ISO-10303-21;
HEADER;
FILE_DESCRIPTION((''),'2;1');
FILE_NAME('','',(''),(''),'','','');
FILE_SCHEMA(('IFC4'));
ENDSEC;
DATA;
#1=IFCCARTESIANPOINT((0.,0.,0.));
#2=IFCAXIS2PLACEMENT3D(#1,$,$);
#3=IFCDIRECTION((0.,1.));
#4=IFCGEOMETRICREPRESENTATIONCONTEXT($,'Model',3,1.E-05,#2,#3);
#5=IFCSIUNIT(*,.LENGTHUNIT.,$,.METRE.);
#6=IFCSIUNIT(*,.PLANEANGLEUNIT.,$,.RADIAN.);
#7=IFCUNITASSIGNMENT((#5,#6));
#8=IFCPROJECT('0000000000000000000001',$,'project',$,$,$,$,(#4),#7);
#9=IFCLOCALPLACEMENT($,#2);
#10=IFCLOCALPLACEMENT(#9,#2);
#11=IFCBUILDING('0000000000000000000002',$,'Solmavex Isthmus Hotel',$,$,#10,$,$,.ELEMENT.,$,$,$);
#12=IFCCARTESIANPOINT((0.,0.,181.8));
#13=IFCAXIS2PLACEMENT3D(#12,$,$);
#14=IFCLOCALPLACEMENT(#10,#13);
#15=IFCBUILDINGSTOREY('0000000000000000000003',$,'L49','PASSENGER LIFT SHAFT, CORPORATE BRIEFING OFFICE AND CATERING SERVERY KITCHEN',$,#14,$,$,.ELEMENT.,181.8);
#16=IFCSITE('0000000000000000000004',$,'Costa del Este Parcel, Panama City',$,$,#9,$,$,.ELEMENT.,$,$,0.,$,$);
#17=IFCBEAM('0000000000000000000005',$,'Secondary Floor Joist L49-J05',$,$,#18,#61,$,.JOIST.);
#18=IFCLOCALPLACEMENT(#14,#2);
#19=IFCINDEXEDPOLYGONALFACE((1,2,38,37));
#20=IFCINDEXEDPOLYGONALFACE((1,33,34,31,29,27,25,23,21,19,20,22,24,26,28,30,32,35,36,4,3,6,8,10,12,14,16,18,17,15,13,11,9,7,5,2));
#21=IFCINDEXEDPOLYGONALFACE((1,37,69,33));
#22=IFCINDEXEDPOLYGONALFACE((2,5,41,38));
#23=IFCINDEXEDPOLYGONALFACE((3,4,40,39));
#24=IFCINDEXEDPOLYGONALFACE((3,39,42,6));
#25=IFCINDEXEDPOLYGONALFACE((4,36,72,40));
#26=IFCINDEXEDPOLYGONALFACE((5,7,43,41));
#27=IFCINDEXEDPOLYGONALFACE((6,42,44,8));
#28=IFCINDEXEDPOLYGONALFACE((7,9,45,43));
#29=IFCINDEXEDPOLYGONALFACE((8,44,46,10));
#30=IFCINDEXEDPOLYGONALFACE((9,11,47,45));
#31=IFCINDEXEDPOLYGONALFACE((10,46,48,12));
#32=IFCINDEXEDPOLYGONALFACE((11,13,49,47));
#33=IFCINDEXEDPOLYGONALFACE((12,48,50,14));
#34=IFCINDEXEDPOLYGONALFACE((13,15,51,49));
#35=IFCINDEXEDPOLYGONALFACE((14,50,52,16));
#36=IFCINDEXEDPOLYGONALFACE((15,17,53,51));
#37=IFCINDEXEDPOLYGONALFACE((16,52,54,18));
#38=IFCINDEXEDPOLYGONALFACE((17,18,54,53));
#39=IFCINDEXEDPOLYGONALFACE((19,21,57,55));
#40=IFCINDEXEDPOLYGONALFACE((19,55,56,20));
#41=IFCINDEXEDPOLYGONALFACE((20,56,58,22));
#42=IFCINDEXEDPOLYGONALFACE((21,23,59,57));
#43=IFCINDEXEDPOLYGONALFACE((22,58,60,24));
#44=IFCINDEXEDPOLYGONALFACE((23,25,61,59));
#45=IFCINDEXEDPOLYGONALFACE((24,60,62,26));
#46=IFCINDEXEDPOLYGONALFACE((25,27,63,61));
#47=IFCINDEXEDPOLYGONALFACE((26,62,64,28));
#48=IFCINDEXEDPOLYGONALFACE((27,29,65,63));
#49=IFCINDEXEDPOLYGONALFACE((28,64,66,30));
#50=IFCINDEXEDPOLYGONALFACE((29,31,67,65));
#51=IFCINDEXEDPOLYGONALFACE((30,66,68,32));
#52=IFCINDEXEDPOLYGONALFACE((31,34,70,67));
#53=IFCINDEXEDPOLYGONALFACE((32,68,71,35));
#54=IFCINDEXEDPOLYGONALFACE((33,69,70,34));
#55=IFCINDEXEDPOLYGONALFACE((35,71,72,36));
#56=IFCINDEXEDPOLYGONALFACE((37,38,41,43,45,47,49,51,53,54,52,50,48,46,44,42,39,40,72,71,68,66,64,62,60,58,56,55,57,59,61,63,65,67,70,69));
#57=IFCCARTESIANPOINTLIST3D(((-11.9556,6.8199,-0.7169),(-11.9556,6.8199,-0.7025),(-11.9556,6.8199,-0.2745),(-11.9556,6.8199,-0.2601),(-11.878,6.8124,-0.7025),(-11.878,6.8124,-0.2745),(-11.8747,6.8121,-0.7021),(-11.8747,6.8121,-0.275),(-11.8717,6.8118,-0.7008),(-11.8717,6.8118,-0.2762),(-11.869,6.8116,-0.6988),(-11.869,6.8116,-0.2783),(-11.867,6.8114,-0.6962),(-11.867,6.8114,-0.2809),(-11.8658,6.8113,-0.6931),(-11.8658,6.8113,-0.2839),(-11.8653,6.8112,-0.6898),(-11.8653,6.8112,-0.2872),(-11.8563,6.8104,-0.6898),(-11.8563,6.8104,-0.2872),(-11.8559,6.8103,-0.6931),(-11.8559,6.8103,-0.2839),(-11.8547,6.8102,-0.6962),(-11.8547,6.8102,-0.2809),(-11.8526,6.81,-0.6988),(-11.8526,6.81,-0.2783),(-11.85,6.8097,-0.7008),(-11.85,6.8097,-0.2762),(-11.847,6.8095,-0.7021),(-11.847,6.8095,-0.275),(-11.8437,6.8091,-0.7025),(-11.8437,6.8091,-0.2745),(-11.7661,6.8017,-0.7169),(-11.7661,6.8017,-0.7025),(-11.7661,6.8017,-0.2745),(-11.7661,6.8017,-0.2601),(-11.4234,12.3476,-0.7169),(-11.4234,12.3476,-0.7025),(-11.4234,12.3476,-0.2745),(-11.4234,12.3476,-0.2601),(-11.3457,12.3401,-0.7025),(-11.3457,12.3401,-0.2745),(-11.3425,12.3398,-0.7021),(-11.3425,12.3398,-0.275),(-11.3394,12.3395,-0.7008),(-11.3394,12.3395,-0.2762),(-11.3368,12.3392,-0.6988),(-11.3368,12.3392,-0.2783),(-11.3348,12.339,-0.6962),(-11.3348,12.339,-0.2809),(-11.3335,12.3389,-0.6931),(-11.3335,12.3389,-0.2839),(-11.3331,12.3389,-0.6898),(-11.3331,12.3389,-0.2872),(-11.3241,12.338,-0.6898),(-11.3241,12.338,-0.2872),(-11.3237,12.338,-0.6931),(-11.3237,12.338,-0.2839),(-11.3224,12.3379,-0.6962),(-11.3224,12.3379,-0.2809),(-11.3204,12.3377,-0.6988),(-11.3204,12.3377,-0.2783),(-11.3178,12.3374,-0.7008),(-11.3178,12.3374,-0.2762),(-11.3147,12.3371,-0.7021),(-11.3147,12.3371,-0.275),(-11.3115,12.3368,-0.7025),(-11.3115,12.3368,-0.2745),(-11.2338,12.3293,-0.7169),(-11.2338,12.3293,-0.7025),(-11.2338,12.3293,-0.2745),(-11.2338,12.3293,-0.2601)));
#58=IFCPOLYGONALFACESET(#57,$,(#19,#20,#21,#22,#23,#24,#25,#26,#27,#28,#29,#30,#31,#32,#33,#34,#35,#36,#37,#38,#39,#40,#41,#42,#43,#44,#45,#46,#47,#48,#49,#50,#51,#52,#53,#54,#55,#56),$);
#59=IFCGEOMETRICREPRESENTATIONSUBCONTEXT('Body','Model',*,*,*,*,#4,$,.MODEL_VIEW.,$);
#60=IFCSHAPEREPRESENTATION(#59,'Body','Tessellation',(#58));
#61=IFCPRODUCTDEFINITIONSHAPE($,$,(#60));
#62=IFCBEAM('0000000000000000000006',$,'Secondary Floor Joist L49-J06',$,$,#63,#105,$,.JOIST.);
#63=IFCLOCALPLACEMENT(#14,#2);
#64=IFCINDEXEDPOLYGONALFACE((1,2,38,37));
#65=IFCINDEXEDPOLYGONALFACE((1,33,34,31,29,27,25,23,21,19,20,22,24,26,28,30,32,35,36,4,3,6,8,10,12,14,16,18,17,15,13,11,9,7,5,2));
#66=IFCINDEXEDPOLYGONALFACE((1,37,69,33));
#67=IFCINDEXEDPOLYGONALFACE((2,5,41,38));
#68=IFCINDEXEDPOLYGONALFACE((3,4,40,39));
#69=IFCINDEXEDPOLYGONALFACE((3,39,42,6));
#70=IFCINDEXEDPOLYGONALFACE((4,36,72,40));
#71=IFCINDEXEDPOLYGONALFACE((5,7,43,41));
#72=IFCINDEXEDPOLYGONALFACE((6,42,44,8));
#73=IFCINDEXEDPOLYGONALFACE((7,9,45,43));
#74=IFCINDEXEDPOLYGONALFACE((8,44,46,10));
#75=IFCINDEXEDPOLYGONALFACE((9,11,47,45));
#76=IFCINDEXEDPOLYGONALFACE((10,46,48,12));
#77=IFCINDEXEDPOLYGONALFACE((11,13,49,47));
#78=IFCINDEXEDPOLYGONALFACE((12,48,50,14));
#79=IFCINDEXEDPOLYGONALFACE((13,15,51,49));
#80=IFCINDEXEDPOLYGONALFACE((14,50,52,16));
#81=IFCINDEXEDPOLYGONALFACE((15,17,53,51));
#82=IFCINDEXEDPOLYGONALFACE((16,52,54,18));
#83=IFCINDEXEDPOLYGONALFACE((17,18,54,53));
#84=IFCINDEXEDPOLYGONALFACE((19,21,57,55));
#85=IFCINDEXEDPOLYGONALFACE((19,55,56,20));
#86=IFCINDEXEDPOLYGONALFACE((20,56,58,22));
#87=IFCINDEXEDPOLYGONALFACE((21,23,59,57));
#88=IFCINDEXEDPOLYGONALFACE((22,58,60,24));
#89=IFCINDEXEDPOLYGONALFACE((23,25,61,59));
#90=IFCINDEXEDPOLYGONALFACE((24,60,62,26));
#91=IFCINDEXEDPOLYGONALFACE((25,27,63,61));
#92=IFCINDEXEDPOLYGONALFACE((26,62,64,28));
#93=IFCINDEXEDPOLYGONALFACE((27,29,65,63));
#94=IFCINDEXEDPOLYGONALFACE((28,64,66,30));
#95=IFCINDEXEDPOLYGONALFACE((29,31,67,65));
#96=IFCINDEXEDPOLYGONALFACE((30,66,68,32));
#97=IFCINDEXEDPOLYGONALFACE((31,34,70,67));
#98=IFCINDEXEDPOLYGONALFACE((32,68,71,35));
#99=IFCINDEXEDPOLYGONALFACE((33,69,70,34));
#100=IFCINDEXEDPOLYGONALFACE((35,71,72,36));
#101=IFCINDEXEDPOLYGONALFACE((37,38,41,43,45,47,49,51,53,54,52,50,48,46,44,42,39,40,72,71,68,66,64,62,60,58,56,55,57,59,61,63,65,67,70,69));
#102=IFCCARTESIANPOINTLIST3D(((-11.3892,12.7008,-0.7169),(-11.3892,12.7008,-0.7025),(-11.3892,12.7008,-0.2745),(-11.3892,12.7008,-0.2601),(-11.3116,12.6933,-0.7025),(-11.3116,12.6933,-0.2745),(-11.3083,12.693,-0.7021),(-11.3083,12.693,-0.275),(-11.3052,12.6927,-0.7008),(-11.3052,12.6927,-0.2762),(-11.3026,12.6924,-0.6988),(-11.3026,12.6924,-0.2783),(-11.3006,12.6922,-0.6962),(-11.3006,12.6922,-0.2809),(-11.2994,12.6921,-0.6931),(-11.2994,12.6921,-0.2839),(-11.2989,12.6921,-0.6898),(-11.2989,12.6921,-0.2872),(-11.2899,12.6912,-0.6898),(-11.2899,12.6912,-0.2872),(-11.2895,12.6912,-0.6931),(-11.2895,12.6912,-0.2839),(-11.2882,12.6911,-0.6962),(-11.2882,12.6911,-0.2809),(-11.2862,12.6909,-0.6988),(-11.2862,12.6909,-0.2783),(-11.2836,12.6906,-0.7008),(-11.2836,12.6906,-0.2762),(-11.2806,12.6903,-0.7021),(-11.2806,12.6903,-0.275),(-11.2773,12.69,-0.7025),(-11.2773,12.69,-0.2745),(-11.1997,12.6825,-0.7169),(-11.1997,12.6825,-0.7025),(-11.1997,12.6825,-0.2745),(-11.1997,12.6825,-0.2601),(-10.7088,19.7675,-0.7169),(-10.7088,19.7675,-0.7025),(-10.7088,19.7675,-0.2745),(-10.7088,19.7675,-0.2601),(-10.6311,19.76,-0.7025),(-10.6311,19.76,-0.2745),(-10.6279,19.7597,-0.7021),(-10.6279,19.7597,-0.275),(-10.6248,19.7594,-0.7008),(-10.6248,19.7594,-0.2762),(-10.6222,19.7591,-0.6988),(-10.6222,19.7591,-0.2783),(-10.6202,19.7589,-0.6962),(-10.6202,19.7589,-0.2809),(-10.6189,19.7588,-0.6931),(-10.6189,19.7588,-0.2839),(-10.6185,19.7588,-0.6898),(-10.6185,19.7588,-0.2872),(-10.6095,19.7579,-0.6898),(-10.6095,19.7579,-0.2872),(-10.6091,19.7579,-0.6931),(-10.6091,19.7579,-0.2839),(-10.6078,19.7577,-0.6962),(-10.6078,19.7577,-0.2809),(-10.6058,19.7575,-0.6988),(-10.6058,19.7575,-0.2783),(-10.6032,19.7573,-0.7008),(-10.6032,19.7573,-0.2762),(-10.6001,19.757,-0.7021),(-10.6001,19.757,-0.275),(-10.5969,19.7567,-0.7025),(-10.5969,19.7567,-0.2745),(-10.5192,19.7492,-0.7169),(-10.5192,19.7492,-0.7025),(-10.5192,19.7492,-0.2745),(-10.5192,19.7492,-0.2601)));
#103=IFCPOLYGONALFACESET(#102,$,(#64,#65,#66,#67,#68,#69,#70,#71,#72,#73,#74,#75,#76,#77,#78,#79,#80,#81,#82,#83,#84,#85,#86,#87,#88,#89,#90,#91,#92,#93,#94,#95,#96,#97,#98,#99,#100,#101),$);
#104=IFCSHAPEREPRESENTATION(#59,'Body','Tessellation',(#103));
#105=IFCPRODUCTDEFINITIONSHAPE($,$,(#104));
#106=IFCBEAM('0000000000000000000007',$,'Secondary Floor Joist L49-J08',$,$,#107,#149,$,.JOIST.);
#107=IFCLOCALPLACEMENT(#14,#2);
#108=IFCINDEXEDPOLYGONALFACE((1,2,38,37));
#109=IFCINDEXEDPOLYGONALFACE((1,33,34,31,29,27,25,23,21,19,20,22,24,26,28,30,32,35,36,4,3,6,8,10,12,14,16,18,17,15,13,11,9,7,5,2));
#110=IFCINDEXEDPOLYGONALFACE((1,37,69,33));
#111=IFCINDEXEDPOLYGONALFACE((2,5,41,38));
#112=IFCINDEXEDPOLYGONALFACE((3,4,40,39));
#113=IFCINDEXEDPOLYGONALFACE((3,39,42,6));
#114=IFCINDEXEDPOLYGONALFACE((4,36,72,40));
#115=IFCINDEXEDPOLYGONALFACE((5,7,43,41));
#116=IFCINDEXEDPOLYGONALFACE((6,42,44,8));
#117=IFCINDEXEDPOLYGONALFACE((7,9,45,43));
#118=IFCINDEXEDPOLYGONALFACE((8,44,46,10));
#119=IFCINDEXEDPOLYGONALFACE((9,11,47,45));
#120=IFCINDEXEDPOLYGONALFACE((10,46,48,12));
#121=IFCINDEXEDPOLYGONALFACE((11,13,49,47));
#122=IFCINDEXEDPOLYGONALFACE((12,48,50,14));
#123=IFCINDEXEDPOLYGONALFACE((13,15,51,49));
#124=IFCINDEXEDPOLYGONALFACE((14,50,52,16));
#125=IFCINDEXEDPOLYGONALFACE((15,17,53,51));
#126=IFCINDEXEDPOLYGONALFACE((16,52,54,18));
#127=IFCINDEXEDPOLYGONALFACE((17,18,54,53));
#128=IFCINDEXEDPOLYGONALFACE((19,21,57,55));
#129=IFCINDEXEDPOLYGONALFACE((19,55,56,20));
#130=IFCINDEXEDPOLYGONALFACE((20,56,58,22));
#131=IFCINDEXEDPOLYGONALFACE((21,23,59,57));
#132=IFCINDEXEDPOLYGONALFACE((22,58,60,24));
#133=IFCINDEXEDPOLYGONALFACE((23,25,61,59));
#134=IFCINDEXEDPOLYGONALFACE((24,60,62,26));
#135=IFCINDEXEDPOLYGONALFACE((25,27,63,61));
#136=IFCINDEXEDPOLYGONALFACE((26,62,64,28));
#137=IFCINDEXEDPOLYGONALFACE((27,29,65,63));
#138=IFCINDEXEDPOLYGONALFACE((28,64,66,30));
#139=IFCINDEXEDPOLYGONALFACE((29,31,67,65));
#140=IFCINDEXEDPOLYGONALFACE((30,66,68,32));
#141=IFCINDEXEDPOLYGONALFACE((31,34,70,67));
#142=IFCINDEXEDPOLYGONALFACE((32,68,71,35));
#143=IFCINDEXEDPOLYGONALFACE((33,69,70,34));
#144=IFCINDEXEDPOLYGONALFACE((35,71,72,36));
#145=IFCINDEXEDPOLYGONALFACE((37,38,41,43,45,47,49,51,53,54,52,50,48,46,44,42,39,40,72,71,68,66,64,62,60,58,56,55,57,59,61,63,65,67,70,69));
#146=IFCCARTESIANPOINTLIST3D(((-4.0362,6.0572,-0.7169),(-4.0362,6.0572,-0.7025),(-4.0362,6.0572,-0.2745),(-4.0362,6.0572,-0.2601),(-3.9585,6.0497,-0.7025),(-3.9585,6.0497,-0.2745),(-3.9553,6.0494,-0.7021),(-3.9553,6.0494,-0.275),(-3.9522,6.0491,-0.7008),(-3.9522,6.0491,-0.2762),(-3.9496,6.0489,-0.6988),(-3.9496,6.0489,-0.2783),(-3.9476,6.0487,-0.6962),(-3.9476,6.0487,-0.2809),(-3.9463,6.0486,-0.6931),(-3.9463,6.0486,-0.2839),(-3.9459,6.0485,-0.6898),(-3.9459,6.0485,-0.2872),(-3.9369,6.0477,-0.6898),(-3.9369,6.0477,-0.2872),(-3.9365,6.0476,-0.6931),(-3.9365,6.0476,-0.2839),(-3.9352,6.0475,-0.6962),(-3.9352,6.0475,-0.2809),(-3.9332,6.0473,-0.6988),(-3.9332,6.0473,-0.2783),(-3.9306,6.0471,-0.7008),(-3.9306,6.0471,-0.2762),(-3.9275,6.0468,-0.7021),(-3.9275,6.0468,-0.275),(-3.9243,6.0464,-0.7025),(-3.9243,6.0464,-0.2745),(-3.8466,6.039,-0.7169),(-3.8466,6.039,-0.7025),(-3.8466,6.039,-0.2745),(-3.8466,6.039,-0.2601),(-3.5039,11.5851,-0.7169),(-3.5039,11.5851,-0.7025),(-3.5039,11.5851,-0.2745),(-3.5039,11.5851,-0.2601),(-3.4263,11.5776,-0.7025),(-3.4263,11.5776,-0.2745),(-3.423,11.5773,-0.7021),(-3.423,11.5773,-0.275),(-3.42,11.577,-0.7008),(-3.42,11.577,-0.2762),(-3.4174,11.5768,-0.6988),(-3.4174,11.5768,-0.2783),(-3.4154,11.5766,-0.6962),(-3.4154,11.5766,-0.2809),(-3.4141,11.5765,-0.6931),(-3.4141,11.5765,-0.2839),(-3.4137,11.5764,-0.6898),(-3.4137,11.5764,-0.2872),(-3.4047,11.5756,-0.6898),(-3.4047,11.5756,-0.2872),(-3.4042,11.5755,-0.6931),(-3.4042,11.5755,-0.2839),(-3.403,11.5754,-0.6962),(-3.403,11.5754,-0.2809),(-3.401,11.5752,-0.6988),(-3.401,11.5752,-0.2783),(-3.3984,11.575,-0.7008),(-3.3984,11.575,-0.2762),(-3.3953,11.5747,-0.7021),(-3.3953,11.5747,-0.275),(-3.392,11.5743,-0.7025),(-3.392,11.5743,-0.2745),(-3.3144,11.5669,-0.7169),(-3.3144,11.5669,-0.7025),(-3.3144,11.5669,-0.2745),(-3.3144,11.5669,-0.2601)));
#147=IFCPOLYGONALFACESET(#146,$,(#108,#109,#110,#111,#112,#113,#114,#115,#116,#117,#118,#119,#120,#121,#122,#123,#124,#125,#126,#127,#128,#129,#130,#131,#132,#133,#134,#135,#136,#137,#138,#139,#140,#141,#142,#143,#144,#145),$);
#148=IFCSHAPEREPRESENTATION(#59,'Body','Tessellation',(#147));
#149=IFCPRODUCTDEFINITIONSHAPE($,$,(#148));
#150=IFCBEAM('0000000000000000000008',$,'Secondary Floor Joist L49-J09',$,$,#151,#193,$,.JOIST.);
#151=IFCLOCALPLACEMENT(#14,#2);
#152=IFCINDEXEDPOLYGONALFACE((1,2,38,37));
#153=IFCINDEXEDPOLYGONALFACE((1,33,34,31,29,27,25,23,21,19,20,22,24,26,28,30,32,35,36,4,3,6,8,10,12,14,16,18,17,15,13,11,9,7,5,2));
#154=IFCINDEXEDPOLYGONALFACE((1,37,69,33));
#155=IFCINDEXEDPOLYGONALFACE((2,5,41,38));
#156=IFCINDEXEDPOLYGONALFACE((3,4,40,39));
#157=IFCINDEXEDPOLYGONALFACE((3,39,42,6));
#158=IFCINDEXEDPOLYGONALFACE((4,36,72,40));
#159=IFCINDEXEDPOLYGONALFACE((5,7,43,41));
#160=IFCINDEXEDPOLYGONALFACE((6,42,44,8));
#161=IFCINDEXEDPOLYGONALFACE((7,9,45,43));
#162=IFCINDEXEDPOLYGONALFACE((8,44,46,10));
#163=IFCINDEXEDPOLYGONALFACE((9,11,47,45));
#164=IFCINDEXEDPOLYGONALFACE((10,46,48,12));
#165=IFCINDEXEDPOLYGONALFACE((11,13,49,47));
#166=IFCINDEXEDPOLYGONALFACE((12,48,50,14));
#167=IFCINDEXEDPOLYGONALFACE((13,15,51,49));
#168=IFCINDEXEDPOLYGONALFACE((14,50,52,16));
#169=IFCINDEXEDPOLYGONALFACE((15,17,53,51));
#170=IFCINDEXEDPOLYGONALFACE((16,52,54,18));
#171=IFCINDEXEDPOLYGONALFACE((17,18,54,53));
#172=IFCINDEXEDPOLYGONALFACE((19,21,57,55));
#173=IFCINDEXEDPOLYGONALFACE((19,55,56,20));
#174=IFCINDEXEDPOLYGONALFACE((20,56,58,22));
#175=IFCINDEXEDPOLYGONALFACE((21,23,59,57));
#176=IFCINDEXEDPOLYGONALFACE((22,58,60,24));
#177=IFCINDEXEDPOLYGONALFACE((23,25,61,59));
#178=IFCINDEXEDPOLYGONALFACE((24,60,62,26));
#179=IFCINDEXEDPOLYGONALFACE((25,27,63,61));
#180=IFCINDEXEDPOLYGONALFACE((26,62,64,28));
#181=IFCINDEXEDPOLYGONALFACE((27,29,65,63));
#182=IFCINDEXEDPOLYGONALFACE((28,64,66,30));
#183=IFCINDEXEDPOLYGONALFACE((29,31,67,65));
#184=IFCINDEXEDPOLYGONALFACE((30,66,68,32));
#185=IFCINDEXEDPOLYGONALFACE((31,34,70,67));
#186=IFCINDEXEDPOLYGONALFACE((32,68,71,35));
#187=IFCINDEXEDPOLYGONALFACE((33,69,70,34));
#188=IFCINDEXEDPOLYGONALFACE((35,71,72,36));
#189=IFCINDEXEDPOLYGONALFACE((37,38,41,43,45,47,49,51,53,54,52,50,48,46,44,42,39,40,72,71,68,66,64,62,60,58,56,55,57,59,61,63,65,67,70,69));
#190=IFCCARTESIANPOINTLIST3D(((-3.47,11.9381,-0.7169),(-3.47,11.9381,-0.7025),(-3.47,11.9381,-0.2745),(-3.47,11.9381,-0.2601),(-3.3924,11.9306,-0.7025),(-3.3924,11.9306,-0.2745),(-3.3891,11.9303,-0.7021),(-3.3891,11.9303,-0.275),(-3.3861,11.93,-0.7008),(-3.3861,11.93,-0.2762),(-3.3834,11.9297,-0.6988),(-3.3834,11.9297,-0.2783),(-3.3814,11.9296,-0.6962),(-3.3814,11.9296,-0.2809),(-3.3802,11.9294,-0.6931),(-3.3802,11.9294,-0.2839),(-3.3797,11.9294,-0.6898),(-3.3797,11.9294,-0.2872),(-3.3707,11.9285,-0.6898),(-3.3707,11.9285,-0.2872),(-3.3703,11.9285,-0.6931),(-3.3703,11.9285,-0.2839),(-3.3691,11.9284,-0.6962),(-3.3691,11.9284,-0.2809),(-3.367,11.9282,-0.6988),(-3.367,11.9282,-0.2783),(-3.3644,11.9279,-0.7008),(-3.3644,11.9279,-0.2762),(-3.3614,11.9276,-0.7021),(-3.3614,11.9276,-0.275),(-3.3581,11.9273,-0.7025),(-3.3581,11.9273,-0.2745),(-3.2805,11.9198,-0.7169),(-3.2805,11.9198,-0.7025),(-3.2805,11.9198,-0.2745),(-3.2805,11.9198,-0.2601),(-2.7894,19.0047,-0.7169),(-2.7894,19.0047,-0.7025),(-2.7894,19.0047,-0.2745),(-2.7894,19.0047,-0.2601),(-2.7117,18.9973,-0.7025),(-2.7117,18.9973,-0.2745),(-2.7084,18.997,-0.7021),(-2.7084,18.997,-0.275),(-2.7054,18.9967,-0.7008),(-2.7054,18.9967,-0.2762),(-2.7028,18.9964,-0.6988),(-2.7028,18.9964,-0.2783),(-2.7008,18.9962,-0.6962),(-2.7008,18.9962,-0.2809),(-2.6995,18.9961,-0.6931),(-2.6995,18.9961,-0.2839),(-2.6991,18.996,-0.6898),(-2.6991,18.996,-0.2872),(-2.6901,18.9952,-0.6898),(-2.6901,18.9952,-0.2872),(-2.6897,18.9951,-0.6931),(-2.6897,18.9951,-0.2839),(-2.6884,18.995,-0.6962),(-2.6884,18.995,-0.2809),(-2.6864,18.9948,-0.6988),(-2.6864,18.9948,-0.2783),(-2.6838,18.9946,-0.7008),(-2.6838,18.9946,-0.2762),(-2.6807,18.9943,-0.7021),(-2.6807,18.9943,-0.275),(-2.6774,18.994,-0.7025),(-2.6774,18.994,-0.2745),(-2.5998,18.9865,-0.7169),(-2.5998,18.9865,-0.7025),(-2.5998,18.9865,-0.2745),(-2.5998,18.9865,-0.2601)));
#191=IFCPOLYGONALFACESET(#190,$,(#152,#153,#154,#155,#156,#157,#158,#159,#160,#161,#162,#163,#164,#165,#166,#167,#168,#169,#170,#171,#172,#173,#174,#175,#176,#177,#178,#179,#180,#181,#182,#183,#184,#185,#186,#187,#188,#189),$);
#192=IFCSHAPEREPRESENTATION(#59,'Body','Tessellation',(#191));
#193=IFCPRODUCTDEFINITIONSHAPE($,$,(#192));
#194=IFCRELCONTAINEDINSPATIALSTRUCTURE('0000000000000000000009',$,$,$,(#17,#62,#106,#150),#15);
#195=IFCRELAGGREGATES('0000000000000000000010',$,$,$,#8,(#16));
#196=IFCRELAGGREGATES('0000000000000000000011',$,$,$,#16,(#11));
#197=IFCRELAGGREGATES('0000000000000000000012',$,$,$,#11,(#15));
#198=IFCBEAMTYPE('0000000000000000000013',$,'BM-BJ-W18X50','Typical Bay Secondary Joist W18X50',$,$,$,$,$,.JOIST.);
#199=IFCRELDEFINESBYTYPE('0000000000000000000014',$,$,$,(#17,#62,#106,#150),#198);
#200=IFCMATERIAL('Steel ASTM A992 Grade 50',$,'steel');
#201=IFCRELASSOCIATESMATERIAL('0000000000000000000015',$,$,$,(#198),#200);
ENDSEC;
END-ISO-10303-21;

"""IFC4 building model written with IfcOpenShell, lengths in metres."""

from ifc_helpers import new_model, si_unit, direction, frame, origin, origin_2d, place, context, subcontext, project, spatial, i_section, extrude, material, material_profile, profile_set, type_object, element, save


model = new_model("IFC4")

# Units and contexts
model_context = context("Model", 3, precision=1e-05, world=origin(), true_north=direction((0.0, 1.0)))
body_context = subcontext(model_context, "Body", "Model", "MODEL_VIEW")
ifc_project = project(units=[si_unit("LENGTHUNIT", "METRE"), si_unit("PLANEANGLEUNIT", "RADIAN")], contexts=[model_context])

# Site, building, storey
site_placement = place(None, origin())
site = spatial("IfcSite", under=ifc_project, at=site_placement, Name="Costa del Este Parcel, Panama City", CompositionType="ELEMENT", RefElevation=0.0)
building_placement = place(site_placement, origin())
building = spatial("IfcBuilding", under=site, at=building_placement, Name="Solmavex Isthmus Hotel", CompositionType="ELEMENT")
storey_placement = place(building_placement, frame((0.0, 0.0, 181.8)))
storey = spatial("IfcBuildingStorey", under=building, at=storey_placement, Name="L49", Description="PASSENGER LIFT SHAFT, CORPORATE BRIEFING OFFICE AND CATERING SERVERY KITCHEN", CompositionType="ELEMENT", Elevation=181.8)

# Beams
ifc_material_1 = material(Name="Steel ASTM A992 Grade 50", Category="steel")
ifc_material_profile_1 = material_profile(ifc_material_1, i_section(OverallWidth=0.1904, OverallDepth=0.4568, WebThickness=0.009, FlangeThickness=0.0144, FilletRadius=0.0127, at=origin_2d()), Name="W18X50")
ifc_profile_set_1 = profile_set([ifc_material_profile_1], Name="Steel ASTM A992 Grade 50")
beam_type_1 = type_object("IfcBeamType", Name="BM-BJ-W18X50", Description="Typical Bay Secondary Joist W18X50", PredefinedType="JOIST", material=ifc_profile_set_1)
beam_1_placement = place(storey_placement, frame((-11.8608, 6.8108, -0.4885), z_axis=(0.095842, 0.995397, 0.0), x_axis=(-0.995397, 0.095842, 0.0)))
element("IfcBeam", 1, at=beam_1_placement, inside=storey, type_object=beam_type_1, Name="Secondary Floor Joist L49-J05", PredefinedType="JOIST", context=body_context, shape_type="SweptSolid", body=[
    extrude(i_section(OverallWidth=0.1904, OverallDepth=0.4568, WebThickness=0.009, FlangeThickness=0.0144, FilletRadius=0.0127, at=origin_2d()), origin(), (0.0, 0.0, 1.0), 5.5532),
])
beam_2_placement = place(storey_placement, frame((-11.2944, 12.6917, -0.4885), z_axis=(0.095843, 0.995396, 0.0), x_axis=(-0.995396, 0.095843, 0.0)))
element("IfcBeam", 2, at=beam_2_placement, inside=storey, type_object=beam_type_1, Name="Secondary Floor Joist L49-J06", PredefinedType="JOIST", context=body_context, shape_type="SweptSolid", body=[
    extrude(i_section(OverallWidth=0.1904, OverallDepth=0.4568, WebThickness=0.009, FlangeThickness=0.0144, FilletRadius=0.0127, at=origin_2d()), origin(), (0.0, 0.0, 1.0), 7.0994),
])
beam_3_placement = place(storey_placement, frame((-3.9414, 6.0481, -0.4885), z_axis=(0.095838, 0.995397, 0.0), x_axis=(-0.995397, 0.095838, 0.0)))
element("IfcBeam", 3, at=beam_3_placement, inside=storey, type_object=beam_type_1, Name="Secondary Floor Joist L49-J08", PredefinedType="JOIST", context=body_context, shape_type="SweptSolid", body=[
    extrude(i_section(OverallWidth=0.1904, OverallDepth=0.4568, WebThickness=0.009, FlangeThickness=0.0144, FilletRadius=0.0127, at=origin_2d()), origin(), (0.0, 0.0, 1.0), 5.5535),
])
beam_4_placement = place(storey_placement, frame((-3.3752, 11.929, -0.4885), z_axis=(0.095877, 0.995393, 0.0), x_axis=(-0.995393, 0.095877, 0.0)))
element("IfcBeam", 4, at=beam_4_placement, inside=storey, type_object=beam_type_1, Name="Secondary Floor Joist L49-J09", PredefinedType="JOIST", context=body_context, shape_type="SweptSolid", body=[
    extrude(i_section(OverallWidth=0.1904, OverallDepth=0.4568, WebThickness=0.009, FlangeThickness=0.0144, FilletRadius=0.0127, at=origin_2d()), origin(), (0.0, 0.0, 1.0), 7.0994),
])

save(model, "model.ifc")
